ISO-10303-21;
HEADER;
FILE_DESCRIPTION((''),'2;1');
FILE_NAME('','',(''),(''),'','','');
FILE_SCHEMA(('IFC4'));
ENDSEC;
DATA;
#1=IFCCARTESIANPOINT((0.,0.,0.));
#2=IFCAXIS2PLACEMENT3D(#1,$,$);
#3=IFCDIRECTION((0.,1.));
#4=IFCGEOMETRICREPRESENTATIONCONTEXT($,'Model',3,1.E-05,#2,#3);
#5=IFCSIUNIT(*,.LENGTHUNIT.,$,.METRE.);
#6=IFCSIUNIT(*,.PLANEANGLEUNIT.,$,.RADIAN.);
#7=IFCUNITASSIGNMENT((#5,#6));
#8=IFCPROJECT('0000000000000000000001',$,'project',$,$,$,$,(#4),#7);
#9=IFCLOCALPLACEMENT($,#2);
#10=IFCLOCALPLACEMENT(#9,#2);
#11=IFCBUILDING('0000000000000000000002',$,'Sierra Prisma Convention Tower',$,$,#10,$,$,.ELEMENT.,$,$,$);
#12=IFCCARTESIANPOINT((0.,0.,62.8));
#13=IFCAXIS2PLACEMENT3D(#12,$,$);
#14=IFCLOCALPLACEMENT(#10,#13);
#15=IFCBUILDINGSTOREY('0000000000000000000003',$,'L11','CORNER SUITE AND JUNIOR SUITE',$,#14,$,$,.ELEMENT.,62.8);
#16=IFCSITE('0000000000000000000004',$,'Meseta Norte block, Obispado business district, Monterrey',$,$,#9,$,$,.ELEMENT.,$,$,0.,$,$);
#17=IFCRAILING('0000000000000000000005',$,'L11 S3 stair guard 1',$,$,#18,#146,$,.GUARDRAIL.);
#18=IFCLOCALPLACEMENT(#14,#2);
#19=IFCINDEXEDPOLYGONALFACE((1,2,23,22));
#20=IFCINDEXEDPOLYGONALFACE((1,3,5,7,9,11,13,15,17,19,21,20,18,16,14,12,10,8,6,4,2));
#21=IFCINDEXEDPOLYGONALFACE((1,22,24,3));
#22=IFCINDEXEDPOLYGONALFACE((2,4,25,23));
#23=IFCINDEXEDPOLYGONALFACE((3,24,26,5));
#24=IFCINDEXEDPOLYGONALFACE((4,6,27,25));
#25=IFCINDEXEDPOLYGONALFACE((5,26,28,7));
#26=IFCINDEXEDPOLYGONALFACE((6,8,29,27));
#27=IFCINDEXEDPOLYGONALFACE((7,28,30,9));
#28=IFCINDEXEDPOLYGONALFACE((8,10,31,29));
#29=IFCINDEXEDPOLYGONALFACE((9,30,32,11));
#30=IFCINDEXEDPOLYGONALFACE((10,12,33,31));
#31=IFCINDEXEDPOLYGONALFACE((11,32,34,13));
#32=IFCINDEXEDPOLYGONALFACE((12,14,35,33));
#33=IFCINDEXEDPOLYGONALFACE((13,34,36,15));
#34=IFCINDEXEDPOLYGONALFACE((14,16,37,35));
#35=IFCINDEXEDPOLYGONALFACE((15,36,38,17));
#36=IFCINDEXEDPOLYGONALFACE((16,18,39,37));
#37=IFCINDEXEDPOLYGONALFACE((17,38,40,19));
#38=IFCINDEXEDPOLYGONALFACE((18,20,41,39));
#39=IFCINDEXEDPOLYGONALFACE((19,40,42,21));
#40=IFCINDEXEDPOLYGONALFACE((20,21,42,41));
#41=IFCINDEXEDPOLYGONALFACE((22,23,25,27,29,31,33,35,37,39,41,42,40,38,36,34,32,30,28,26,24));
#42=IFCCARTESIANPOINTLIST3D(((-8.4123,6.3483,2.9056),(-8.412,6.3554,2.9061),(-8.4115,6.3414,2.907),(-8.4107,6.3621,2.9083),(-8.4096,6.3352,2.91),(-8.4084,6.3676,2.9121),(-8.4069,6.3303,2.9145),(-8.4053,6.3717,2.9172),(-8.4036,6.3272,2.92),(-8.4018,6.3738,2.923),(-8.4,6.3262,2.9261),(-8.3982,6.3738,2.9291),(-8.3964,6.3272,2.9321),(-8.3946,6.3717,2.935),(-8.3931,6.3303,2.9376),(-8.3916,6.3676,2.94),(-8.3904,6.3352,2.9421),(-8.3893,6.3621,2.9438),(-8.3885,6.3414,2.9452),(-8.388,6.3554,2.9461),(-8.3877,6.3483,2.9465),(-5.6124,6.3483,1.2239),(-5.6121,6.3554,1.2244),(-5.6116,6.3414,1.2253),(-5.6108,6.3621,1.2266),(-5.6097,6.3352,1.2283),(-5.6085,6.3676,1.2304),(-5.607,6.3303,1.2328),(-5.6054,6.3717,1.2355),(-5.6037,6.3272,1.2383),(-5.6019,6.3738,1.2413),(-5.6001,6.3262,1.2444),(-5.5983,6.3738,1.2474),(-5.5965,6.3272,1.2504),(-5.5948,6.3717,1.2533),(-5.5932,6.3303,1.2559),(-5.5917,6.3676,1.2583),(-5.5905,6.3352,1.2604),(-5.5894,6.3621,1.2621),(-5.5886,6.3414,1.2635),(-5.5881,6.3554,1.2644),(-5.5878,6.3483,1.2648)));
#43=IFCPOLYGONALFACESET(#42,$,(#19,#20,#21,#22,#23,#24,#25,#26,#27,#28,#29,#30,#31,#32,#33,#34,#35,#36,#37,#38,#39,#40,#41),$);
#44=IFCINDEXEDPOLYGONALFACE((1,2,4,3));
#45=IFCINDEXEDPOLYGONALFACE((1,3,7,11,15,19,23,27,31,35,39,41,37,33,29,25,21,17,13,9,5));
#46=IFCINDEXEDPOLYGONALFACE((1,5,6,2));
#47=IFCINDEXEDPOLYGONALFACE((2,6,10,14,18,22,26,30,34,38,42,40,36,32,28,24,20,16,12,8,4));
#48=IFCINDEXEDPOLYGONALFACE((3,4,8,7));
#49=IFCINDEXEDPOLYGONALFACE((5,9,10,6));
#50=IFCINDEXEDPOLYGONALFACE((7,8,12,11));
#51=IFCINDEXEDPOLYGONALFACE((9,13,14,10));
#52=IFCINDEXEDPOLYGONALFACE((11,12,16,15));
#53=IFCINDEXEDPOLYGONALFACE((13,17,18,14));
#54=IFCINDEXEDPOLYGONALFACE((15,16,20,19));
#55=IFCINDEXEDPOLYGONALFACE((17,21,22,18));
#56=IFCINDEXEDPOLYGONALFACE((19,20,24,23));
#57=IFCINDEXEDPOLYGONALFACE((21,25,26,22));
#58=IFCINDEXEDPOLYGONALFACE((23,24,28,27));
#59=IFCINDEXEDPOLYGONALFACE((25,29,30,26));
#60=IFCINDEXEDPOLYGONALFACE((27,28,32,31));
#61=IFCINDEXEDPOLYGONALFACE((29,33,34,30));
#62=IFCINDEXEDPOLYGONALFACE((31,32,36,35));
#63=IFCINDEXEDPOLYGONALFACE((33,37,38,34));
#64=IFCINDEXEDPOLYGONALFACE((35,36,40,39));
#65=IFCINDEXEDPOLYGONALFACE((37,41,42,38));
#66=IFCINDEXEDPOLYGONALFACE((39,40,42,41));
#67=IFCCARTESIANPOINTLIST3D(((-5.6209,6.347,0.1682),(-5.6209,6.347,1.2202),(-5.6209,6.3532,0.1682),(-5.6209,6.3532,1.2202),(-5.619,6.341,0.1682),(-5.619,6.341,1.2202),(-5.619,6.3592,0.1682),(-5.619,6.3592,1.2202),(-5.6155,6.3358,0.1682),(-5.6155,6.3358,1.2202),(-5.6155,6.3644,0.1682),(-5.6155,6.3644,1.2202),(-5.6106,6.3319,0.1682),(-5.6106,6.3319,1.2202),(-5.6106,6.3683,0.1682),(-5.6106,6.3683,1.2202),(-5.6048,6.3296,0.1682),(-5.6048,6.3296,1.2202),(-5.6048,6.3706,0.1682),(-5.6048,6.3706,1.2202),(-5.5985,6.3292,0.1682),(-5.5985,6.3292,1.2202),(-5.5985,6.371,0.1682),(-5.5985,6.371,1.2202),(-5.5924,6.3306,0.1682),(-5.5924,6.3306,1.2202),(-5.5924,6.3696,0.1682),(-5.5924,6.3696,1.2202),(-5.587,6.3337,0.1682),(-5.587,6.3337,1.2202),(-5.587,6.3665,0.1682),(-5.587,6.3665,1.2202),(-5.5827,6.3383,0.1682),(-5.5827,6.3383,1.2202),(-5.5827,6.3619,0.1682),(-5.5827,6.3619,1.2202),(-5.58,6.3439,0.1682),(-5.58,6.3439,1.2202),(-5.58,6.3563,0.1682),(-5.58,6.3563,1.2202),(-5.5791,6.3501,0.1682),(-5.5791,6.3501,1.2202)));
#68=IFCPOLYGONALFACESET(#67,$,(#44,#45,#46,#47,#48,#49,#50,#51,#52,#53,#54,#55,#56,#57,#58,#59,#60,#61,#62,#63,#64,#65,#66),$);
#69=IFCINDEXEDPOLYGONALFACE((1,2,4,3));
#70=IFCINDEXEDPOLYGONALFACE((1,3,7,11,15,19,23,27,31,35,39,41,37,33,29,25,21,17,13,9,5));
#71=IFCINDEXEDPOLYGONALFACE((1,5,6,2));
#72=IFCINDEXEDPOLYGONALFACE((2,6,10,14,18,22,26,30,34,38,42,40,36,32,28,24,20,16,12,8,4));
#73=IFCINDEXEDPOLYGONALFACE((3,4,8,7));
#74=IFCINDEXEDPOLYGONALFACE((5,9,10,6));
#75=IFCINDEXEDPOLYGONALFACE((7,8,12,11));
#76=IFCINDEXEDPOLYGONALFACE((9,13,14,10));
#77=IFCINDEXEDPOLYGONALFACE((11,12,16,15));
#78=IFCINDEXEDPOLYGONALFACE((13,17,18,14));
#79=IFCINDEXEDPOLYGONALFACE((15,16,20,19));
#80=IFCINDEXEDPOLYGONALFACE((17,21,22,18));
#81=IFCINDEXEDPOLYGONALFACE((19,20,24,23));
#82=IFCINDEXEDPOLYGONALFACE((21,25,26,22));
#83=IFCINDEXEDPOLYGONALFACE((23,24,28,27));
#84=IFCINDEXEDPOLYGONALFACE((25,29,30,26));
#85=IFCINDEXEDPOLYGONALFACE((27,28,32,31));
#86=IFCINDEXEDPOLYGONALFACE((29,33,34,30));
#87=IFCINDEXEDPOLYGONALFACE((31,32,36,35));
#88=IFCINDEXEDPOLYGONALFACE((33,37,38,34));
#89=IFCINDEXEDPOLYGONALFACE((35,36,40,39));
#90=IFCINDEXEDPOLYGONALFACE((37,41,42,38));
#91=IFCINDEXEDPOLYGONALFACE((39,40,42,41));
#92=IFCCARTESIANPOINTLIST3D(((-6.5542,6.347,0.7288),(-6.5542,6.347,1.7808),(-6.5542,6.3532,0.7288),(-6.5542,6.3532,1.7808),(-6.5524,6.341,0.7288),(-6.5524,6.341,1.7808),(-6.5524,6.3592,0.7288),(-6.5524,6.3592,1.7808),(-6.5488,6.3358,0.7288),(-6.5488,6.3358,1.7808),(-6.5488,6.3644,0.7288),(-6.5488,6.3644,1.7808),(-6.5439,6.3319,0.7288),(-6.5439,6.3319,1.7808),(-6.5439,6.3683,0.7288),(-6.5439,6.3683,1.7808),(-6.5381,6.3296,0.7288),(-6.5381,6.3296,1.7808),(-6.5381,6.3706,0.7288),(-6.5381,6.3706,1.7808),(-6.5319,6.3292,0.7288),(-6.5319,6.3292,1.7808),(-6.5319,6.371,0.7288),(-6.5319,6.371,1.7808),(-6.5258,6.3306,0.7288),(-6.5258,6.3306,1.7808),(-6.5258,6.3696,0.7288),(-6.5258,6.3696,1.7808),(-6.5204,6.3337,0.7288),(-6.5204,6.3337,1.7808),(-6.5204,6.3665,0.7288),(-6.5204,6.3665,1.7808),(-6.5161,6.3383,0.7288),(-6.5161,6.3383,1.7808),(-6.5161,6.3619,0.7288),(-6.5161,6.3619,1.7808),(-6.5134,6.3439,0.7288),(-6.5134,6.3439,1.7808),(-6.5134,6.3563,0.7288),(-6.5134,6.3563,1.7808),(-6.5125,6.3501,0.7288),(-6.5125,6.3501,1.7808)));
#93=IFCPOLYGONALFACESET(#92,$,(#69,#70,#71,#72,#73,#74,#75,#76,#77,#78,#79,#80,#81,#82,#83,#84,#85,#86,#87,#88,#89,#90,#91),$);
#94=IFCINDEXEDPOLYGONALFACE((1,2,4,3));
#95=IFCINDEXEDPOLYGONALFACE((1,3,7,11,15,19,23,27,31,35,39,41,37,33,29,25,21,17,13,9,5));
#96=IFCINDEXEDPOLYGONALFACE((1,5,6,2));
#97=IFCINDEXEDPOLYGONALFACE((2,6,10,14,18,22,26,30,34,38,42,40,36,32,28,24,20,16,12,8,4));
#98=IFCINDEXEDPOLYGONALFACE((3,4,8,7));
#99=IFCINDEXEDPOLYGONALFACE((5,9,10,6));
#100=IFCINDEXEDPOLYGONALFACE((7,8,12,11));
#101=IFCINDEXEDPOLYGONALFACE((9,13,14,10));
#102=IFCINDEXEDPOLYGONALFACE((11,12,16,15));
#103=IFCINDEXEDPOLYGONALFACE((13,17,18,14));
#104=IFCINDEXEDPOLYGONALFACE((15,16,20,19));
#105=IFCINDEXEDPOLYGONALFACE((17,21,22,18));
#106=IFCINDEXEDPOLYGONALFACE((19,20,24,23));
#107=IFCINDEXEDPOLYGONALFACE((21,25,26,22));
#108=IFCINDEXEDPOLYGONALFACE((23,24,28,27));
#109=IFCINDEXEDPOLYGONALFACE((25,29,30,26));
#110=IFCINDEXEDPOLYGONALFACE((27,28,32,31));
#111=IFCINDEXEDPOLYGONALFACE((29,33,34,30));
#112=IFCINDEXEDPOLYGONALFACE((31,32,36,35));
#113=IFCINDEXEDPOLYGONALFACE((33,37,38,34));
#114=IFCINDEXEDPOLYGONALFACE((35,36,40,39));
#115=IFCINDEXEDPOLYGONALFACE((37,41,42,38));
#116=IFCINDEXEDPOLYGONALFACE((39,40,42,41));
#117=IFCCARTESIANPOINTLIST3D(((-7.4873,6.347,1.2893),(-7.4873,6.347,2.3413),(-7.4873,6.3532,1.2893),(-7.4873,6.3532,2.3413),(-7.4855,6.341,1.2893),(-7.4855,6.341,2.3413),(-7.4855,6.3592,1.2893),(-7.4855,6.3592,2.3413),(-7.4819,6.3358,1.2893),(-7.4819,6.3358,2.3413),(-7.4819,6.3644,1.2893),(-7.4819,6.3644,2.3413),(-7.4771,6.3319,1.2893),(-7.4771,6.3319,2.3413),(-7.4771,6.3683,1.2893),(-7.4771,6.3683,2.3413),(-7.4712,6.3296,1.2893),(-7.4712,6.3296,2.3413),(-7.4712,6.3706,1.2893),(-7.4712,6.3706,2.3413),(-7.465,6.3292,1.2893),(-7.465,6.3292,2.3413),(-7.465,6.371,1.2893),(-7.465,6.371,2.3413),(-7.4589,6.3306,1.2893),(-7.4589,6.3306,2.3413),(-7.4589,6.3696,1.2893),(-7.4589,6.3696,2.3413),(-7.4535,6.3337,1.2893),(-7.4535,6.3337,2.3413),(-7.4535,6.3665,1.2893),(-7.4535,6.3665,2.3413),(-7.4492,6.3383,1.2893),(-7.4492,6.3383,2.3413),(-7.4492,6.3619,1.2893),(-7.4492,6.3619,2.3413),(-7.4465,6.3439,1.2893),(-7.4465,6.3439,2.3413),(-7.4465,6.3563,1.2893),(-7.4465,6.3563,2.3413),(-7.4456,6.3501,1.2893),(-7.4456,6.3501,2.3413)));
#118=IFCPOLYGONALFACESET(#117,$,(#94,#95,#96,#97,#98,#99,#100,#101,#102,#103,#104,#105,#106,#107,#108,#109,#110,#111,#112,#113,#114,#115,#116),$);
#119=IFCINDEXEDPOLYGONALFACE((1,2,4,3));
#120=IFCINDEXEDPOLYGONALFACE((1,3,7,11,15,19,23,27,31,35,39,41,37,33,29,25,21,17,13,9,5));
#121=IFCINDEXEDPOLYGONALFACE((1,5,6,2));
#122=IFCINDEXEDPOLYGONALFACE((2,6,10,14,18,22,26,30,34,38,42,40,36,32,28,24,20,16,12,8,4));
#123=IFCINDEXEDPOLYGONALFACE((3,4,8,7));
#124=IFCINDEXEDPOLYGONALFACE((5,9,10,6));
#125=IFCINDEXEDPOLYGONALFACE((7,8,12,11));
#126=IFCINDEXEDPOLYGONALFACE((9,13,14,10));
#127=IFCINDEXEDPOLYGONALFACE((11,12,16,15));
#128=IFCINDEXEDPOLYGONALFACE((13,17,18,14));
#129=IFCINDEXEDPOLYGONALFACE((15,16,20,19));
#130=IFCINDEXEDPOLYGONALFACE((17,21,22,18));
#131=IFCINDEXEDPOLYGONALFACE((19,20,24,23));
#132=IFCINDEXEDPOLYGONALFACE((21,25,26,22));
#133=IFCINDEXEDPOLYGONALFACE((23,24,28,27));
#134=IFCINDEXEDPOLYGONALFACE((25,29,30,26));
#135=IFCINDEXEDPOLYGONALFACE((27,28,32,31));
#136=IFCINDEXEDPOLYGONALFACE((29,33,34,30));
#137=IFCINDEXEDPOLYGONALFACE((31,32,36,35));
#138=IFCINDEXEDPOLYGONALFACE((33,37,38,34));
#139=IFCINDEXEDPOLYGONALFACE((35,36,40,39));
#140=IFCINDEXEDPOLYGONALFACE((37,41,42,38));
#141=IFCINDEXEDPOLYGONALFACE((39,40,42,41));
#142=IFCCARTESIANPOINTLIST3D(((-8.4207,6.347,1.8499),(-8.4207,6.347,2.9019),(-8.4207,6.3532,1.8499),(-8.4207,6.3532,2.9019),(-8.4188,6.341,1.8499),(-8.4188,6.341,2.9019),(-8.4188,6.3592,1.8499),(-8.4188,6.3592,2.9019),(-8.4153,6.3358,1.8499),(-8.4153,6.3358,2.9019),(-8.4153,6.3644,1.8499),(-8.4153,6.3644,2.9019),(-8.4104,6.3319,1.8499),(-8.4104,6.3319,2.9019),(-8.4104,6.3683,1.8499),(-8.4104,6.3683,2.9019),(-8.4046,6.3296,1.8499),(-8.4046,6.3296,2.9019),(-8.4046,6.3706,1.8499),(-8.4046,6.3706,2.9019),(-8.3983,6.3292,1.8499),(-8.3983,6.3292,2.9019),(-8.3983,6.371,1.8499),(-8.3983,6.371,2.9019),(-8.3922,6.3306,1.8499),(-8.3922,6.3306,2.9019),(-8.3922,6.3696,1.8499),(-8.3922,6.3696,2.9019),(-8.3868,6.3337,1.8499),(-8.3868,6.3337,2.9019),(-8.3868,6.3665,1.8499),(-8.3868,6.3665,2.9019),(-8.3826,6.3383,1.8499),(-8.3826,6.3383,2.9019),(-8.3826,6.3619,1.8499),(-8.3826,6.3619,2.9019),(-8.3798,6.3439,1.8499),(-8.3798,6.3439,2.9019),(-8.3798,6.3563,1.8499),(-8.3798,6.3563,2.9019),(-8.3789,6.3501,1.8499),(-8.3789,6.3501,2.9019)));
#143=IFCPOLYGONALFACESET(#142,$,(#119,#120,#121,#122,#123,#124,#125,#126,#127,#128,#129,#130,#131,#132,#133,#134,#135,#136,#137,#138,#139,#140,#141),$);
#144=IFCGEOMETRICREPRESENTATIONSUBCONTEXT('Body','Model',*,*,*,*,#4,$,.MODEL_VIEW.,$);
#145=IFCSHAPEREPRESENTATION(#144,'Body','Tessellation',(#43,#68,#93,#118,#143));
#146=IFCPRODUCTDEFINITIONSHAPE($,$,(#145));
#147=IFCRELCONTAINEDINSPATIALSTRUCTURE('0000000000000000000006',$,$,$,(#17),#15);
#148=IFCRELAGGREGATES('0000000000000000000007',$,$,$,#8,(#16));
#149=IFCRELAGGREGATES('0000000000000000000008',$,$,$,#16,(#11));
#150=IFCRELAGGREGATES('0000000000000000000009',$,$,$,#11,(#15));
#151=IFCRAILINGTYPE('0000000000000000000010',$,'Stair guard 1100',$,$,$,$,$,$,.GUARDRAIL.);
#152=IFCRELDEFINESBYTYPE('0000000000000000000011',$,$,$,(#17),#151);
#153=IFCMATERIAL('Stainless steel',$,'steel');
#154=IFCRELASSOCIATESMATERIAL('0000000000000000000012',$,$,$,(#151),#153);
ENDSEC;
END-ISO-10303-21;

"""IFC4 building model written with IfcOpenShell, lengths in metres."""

from ifc_helpers import new_model, si_unit, direction, frame, origin, origin_2d, place, context, subcontext, project, spatial, circle, extrude, material, type_object, element, save


model = new_model("IFC4")

# Units and contexts
model_context = context("Model", 3, precision=1e-05, world=origin(), true_north=direction((0.0, 1.0)))
body_context = subcontext(model_context, "Body", "Model", "MODEL_VIEW")
ifc_project = project(units=[si_unit("LENGTHUNIT", "METRE"), si_unit("PLANEANGLEUNIT", "RADIAN")], contexts=[model_context])

# Site, building, storey
site_placement = place(None, origin())
site = spatial("IfcSite", under=ifc_project, at=site_placement, Name="Meseta Norte block, Obispado business district, Monterrey", CompositionType="ELEMENT", RefElevation=0.0)
building_placement = place(site_placement, origin())
building = spatial("IfcBuilding", under=site, at=building_placement, Name="Sierra Prisma Convention Tower", CompositionType="ELEMENT")
storey_placement = place(building_placement, frame((0.0, 0.0, 62.8)))
storey = spatial("IfcBuildingStorey", under=building, at=storey_placement, Name="L11", Description="CORNER SUITE AND JUNIOR SUITE", CompositionType="ELEMENT", Elevation=62.8)

# Railing
ifc_material_1 = material(Name="Stainless steel", Category="steel")
railing_type_1 = type_object("IfcRailingType", Name="Stair guard 1100", PredefinedType="GUARDRAIL", material=ifc_material_1)
railing_1_placement = place(storey_placement, frame((-5.6001, 6.3501, 0.1682)))
element("IfcRailing", 1, at=railing_1_placement, inside=storey, type_object=railing_type_1, Name="L11 S3 stair guard 1", PredefinedType="GUARDRAIL", context=body_context, shape_type="SweptSolid", body=[
    extrude(circle(Radius=0.0239, at=origin_2d()), frame((0.0, 0.0, 1.0762), z_axis=(-0.857255, 0.0, 0.514891), x_axis=(0.0, -1.0, 0.0)), (0.0, 0.0, 1.0), 3.2661),
    extrude(circle(Radius=0.021, at=origin_2d()), origin(), (0.0, 0.0, 1.0), 1.052),
    extrude(circle(Radius=0.021, at=origin_2d()), frame((-0.9333, 0.0, 0.5605)), (0.0, 0.0, 1.0), 1.052),
    extrude(circle(Radius=0.021, at=origin_2d()), frame((-1.8665, 0.0, 1.1211)), (0.0, 0.0, 1.0), 1.052),
    extrude(circle(Radius=0.021, at=origin_2d()), frame((-2.7998, 0.0, 1.6816)), (0.0, 0.0, 1.0), 1.052),
])

save(model, "model.ifc")
